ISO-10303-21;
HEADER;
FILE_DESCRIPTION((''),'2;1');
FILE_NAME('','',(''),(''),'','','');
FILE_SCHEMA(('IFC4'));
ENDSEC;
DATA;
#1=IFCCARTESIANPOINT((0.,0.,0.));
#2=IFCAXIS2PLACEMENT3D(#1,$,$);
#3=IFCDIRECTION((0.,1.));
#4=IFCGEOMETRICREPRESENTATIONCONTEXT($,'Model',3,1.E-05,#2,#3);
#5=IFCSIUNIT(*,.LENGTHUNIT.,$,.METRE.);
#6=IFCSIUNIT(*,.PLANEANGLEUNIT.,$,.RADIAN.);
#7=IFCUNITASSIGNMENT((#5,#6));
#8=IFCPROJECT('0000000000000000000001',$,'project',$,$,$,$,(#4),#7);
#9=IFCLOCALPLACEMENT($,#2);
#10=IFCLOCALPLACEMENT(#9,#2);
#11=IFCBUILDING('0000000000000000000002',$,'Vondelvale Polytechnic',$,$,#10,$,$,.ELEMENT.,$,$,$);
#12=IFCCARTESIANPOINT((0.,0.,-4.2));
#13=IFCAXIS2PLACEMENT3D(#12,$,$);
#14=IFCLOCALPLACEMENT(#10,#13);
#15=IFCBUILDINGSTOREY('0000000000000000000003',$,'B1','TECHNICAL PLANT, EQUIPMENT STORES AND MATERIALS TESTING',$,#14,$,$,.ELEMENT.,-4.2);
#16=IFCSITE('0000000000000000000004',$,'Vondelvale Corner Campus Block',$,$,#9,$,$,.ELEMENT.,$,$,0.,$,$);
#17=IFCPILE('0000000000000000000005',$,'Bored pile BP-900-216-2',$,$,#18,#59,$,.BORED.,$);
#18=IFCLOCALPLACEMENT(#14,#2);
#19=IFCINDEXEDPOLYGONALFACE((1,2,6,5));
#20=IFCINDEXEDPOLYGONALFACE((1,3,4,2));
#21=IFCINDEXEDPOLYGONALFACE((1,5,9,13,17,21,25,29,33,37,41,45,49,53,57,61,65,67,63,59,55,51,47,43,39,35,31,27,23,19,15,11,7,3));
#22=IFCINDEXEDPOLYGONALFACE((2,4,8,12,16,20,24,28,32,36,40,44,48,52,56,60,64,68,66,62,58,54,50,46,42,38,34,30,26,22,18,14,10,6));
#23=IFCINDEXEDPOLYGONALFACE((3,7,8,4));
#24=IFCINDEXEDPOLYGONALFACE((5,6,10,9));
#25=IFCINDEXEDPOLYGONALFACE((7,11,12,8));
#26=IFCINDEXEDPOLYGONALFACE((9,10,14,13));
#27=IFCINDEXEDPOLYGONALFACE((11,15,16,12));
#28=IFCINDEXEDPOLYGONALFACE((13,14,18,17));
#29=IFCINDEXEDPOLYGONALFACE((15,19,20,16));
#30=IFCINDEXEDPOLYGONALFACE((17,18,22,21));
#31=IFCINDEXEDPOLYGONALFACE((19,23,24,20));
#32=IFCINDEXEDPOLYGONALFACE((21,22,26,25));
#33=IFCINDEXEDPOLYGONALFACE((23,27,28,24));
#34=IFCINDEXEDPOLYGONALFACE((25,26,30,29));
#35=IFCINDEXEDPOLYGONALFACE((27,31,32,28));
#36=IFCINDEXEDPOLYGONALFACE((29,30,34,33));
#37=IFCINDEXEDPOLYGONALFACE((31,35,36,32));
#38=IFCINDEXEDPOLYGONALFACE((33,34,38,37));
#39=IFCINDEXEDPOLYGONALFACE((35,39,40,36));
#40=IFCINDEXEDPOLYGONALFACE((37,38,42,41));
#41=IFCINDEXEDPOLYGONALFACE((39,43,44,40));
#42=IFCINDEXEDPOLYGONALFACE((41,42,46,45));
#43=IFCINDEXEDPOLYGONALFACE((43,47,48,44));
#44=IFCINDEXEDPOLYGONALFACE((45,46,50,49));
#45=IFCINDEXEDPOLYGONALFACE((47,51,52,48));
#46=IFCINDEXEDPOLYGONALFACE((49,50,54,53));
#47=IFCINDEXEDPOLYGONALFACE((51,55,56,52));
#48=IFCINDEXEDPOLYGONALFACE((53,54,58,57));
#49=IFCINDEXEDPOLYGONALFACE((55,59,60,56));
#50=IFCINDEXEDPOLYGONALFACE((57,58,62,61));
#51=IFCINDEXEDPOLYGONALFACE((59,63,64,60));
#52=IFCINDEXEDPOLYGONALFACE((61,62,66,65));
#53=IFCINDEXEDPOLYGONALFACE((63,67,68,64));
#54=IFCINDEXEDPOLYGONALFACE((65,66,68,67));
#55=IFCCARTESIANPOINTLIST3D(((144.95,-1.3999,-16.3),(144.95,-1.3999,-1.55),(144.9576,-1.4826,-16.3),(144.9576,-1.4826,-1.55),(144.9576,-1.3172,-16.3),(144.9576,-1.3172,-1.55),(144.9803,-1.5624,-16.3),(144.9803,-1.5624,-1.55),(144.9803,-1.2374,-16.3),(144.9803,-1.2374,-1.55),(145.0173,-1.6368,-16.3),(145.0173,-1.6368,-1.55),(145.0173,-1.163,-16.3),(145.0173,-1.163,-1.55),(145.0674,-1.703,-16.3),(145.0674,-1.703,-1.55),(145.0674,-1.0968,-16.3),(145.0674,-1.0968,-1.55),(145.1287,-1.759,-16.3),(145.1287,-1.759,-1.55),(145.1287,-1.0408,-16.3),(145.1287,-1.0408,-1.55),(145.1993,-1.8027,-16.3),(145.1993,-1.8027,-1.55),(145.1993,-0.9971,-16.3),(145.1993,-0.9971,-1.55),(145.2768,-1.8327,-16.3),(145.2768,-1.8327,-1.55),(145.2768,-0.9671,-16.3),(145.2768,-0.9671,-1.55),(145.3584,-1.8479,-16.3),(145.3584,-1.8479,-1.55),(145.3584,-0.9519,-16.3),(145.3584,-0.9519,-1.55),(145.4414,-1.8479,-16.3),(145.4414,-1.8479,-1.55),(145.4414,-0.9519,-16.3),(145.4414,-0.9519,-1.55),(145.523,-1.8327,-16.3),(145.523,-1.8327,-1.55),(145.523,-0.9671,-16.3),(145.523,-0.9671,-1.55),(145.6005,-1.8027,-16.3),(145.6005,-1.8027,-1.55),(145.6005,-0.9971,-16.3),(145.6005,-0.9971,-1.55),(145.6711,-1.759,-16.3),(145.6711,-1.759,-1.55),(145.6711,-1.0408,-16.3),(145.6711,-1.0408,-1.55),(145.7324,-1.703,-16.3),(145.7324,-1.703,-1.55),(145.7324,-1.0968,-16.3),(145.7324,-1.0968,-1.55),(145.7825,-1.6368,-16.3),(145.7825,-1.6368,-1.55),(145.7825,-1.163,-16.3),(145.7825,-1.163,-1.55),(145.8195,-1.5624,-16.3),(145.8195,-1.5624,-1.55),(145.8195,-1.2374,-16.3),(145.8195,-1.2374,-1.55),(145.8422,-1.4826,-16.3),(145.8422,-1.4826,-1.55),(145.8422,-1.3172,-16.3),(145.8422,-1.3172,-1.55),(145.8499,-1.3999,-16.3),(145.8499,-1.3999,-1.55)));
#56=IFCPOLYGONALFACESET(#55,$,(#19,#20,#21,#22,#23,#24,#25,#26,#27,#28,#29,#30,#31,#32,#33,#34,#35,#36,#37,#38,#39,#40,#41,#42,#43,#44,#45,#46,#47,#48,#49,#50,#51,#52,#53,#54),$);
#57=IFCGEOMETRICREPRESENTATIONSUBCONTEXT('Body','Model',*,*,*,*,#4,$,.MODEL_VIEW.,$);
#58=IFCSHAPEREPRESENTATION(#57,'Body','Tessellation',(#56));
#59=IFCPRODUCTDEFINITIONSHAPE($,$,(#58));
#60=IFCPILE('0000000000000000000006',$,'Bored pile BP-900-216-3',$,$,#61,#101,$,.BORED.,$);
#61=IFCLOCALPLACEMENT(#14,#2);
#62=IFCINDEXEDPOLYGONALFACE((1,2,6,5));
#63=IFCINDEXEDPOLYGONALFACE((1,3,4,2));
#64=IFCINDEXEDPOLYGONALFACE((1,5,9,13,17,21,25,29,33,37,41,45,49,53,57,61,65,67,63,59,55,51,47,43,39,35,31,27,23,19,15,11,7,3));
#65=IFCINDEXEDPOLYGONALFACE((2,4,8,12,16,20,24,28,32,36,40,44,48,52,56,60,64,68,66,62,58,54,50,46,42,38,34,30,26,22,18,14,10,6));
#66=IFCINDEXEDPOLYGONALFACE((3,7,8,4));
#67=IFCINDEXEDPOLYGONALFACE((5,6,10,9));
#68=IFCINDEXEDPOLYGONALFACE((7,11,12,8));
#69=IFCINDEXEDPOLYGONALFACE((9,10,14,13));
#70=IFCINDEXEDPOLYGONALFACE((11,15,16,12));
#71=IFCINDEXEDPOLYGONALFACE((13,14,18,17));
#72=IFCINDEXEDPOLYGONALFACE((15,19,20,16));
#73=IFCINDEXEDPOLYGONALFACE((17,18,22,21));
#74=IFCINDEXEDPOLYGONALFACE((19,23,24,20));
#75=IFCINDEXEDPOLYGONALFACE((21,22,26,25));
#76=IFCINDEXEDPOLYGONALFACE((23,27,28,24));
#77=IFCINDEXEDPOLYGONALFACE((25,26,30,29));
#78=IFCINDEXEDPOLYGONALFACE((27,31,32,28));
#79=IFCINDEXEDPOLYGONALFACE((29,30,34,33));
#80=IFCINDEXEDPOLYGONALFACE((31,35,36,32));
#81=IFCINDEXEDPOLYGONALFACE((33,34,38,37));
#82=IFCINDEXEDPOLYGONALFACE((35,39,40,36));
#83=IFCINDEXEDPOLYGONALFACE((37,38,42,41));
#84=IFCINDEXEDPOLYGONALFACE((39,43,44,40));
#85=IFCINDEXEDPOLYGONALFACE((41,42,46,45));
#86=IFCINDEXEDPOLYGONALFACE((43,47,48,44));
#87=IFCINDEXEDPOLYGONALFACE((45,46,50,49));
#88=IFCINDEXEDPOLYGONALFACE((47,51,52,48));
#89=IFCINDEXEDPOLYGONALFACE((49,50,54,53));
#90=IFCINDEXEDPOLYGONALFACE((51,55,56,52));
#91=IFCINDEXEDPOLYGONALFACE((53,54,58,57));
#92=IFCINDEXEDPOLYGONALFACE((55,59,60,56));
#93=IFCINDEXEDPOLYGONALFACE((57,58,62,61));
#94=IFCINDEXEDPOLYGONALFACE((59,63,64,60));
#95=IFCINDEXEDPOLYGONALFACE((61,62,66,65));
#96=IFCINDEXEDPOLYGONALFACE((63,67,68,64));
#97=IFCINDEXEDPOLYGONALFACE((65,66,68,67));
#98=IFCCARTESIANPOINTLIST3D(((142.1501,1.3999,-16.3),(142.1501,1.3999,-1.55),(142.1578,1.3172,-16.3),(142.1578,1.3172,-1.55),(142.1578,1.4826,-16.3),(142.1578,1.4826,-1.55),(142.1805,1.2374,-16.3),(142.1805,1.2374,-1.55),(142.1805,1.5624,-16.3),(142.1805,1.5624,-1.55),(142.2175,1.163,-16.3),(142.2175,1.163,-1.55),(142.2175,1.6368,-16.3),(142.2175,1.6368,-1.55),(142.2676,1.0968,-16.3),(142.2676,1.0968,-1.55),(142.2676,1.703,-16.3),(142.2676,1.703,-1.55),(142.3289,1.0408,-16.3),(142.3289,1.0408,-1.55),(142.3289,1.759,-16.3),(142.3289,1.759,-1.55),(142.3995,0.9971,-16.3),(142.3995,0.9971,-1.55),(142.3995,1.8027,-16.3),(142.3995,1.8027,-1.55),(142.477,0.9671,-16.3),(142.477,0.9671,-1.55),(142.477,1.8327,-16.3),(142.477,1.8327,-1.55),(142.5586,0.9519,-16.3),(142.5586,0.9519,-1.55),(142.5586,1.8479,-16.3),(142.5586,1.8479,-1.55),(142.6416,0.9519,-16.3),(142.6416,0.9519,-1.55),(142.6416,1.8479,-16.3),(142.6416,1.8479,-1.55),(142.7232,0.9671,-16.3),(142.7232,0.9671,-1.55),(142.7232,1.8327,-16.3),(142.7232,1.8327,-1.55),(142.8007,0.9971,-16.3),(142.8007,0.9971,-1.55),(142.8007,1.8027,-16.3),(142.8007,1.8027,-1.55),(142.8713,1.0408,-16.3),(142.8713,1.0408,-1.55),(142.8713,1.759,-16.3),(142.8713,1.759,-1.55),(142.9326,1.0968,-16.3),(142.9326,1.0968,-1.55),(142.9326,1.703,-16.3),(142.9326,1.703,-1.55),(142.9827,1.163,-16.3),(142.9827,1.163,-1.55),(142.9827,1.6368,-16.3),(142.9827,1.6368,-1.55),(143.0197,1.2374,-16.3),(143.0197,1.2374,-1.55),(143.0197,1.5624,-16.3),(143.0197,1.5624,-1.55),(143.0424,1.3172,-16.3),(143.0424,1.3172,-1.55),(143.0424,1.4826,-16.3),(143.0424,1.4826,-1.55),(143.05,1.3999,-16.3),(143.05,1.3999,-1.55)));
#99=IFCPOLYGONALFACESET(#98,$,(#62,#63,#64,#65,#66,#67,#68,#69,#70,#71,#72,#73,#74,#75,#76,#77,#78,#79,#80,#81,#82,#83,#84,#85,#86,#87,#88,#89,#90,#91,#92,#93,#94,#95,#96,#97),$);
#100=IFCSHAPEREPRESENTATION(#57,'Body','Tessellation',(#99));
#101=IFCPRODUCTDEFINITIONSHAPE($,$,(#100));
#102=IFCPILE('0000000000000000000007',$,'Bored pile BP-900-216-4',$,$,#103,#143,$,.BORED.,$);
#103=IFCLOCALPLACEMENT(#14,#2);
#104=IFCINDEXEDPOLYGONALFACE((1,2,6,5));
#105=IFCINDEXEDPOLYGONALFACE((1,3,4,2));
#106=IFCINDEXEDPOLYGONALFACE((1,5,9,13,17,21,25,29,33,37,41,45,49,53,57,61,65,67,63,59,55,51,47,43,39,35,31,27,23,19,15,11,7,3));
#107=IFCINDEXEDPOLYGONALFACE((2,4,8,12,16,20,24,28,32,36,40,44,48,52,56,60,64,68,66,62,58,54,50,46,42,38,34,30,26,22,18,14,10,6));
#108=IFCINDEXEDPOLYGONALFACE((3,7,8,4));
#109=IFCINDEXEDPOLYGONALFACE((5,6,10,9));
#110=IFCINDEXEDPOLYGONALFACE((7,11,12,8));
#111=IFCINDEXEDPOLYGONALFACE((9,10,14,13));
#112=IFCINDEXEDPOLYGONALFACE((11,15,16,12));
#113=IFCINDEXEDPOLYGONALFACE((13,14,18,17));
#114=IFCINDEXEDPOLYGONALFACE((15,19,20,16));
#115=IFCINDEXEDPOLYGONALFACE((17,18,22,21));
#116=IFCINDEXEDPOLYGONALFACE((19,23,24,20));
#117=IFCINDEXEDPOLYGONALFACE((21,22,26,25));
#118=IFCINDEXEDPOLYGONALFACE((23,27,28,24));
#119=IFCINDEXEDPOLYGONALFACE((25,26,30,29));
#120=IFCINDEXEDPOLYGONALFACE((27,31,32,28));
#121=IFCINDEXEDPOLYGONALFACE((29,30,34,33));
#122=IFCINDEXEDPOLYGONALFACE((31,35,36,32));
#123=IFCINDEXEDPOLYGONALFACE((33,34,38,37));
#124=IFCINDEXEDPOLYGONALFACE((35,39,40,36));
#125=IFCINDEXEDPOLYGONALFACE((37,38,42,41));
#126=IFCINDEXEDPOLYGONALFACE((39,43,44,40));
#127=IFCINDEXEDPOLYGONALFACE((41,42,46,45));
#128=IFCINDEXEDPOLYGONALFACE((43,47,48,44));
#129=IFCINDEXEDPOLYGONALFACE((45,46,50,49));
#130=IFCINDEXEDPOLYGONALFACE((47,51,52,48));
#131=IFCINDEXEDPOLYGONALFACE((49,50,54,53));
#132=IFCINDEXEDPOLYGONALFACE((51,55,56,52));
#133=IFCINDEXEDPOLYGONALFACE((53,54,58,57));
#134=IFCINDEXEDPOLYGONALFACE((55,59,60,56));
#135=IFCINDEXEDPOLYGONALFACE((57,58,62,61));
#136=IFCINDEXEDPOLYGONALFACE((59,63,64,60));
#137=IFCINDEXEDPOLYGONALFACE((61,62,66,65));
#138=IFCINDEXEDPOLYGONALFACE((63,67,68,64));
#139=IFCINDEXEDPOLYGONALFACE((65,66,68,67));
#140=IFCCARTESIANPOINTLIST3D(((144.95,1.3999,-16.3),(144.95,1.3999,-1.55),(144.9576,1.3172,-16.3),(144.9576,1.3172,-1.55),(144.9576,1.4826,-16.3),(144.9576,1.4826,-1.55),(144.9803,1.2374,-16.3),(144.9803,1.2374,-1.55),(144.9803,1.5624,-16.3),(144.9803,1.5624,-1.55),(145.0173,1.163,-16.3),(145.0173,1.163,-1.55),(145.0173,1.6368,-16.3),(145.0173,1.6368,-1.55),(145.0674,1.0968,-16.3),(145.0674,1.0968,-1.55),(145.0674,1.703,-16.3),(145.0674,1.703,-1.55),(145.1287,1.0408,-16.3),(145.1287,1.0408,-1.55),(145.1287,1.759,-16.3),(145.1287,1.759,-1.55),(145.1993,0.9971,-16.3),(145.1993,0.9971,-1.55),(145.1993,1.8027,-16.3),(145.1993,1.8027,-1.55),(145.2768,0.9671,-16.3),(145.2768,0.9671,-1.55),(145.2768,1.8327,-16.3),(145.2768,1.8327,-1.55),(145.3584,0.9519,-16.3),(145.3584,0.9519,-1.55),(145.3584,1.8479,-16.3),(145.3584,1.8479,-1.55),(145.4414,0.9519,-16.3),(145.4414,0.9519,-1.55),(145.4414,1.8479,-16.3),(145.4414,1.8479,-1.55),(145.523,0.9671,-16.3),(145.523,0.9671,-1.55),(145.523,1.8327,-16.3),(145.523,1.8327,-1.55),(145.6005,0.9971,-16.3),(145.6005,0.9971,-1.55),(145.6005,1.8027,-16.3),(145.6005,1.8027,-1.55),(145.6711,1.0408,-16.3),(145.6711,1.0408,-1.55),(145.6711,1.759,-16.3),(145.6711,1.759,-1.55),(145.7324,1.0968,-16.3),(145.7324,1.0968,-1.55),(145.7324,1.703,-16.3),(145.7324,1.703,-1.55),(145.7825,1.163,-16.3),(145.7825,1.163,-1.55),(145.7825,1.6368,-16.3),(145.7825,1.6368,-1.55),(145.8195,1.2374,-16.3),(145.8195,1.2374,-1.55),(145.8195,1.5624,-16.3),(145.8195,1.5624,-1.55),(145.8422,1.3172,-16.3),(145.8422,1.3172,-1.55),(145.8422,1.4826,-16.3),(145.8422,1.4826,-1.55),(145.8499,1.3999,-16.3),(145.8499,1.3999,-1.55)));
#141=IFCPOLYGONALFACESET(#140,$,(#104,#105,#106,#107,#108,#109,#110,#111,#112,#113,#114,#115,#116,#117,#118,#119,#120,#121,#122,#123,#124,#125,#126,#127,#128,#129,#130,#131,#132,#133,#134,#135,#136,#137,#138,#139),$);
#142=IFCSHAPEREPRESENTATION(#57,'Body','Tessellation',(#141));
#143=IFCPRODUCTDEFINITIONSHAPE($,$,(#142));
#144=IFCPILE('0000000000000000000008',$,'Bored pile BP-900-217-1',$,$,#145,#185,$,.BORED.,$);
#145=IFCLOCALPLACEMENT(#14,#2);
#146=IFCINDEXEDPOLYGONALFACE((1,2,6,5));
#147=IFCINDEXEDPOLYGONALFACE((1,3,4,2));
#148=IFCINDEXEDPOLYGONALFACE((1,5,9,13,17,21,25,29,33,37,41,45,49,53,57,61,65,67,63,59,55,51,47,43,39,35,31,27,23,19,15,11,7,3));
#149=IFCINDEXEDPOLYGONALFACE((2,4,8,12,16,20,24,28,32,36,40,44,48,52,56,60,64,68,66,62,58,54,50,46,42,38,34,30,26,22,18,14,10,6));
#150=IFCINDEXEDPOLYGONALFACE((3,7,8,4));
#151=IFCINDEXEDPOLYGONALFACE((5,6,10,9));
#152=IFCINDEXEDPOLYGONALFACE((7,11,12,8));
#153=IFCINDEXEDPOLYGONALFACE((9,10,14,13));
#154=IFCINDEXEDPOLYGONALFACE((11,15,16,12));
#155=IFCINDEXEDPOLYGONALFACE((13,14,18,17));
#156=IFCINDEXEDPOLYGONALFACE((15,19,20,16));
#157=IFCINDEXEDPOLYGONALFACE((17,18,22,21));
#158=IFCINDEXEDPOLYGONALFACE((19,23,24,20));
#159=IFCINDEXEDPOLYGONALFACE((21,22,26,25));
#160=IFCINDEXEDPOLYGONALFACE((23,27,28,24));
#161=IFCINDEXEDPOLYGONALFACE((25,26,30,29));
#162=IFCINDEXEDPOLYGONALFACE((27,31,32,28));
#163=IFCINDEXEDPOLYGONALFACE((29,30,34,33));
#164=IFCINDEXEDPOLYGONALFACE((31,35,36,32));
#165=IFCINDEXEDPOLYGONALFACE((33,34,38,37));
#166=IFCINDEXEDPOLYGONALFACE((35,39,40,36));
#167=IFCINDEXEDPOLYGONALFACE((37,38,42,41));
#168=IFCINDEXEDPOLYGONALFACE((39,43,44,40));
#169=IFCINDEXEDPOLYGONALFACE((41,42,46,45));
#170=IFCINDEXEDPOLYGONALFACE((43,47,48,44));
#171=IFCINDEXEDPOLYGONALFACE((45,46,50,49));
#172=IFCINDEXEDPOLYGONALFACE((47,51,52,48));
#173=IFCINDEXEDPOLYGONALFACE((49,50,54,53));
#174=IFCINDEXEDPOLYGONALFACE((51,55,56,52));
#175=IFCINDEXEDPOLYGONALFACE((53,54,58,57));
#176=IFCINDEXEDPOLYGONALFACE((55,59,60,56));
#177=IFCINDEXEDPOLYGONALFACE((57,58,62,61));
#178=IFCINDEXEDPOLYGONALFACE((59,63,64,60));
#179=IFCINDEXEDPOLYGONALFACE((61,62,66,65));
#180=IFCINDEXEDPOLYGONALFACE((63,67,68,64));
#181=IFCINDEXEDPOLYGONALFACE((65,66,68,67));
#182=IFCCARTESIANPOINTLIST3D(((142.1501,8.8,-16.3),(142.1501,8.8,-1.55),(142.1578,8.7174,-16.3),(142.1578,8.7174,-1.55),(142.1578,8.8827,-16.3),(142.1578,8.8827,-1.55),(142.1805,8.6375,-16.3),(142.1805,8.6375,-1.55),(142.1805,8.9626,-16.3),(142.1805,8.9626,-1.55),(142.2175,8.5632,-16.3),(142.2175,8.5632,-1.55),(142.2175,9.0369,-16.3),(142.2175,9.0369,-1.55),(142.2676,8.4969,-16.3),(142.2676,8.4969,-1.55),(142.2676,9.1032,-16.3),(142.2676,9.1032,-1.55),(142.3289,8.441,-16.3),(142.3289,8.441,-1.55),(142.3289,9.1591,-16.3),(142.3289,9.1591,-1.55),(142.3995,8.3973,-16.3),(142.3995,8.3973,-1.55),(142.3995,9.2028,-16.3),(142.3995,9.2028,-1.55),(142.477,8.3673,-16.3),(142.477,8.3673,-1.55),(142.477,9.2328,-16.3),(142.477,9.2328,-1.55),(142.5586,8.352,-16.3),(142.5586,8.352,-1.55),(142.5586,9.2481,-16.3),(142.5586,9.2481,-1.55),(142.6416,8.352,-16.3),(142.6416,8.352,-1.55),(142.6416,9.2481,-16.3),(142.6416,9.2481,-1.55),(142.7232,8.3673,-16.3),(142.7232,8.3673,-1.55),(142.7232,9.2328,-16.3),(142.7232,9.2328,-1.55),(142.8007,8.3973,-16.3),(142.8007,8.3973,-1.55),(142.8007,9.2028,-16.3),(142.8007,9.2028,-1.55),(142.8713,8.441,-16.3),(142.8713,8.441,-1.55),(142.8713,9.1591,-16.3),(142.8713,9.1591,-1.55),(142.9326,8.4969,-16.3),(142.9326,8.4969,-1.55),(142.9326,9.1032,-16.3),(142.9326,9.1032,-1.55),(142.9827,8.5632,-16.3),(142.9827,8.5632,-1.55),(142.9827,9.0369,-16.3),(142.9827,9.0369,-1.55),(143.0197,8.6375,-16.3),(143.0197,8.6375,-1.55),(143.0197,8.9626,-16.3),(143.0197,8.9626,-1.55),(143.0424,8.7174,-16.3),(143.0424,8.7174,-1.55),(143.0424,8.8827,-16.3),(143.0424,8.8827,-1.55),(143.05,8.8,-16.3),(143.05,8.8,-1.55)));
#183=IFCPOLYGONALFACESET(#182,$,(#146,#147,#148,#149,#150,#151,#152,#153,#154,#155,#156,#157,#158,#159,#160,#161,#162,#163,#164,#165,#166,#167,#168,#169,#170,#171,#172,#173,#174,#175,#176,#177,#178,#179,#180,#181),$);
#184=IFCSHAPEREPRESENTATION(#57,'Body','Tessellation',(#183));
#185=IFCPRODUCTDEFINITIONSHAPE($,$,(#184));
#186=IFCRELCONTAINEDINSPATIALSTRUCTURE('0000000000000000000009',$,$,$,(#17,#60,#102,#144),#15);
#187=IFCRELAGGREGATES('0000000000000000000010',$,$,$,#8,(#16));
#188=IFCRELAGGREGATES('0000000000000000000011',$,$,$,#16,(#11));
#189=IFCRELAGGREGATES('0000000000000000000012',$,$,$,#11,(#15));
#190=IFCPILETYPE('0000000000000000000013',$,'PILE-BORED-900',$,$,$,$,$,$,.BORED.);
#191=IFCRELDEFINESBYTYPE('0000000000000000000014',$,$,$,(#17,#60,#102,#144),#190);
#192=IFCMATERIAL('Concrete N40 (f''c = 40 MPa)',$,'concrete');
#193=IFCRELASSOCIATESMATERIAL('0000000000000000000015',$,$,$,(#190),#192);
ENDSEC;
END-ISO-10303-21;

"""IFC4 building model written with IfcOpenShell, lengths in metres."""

from ifc_helpers import new_model, si_unit, direction, frame, origin, origin_2d, place, context, subcontext, project, spatial, circle, extrude, material, material_profile, profile_set, type_object, element, save


model = new_model("IFC4")

# Units and contexts
model_context = context("Model", 3, precision=1e-05, world=origin(), true_north=direction((0.0, 1.0)))
body_context = subcontext(model_context, "Body", "Model", "MODEL_VIEW")
ifc_project = project(units=[si_unit("LENGTHUNIT", "METRE"), si_unit("PLANEANGLEUNIT", "RADIAN")], contexts=[model_context])

# Site, building, storey
site_placement = place(None, origin())
site = spatial("IfcSite", under=ifc_project, at=site_placement, Name="Vondelvale Corner Campus Block", CompositionType="ELEMENT", RefElevation=0.0)
building_placement = place(site_placement, origin())
building = spatial("IfcBuilding", under=site, at=building_placement, Name="Vondelvale Polytechnic", CompositionType="ELEMENT")
storey_placement = place(building_placement, frame((0.0, 0.0, -4.2)))
storey = spatial("IfcBuildingStorey", under=building, at=storey_placement, Name="B1", Description="TECHNICAL PLANT, EQUIPMENT STORES AND MATERIALS TESTING", CompositionType="ELEMENT", Elevation=-4.2)

# Shared definitions
ifc_material_1 = material(Name="Concrete N40 (f'c = 40 MPa)", Category="concrete")

# Piles
ifc_material_profile_1 = material_profile(ifc_material_1, circle(Radius=0.45, at=origin_2d()), Name="PILE-D900")
ifc_profile_set_1 = profile_set([ifc_material_profile_1], Name="Concrete N40 (f'c = 40 MPa)")
pile_type_1 = type_object("IfcPileType", Name="PILE-BORED-900", PredefinedType="BORED", material=ifc_profile_set_1)
for number, where, z_axis, x_axis, name in (
    (1, (145.3999, -1.3999, -1.55), (0.0, 0.0, -1.0), (1.0, 0.0, 0.0), "Bored pile BP-900-216-2"),
    (2, (142.6001, 1.3999, -1.55), (0.0, 0.0, -1.0), (1.0, 0.0, 0.0), "Bored pile BP-900-216-3"),
    (3, (145.3999, 1.3999, -1.55), (0.0, 0.0, -1.0), (1.0, 0.0, 0.0), "Bored pile BP-900-216-4"),
    (4, (142.6001, 8.8, -1.55), (0.0, 0.0, -1.0), (1.0, 0.0, 0.0), "Bored pile BP-900-217-1"),
):
    element("IfcPile", number, at=place(storey_placement, frame(where, z_axis=z_axis, x_axis=x_axis)), inside=storey, type_object=pile_type_1, Name=name, PredefinedType="BORED", context=body_context, shape_type="SweptSolid", body=[
        extrude(circle(Radius=0.45, at=origin_2d()), origin(), (0.0, 0.0, 1.0), 14.75),
    ])

save(model, "model.ifc")
